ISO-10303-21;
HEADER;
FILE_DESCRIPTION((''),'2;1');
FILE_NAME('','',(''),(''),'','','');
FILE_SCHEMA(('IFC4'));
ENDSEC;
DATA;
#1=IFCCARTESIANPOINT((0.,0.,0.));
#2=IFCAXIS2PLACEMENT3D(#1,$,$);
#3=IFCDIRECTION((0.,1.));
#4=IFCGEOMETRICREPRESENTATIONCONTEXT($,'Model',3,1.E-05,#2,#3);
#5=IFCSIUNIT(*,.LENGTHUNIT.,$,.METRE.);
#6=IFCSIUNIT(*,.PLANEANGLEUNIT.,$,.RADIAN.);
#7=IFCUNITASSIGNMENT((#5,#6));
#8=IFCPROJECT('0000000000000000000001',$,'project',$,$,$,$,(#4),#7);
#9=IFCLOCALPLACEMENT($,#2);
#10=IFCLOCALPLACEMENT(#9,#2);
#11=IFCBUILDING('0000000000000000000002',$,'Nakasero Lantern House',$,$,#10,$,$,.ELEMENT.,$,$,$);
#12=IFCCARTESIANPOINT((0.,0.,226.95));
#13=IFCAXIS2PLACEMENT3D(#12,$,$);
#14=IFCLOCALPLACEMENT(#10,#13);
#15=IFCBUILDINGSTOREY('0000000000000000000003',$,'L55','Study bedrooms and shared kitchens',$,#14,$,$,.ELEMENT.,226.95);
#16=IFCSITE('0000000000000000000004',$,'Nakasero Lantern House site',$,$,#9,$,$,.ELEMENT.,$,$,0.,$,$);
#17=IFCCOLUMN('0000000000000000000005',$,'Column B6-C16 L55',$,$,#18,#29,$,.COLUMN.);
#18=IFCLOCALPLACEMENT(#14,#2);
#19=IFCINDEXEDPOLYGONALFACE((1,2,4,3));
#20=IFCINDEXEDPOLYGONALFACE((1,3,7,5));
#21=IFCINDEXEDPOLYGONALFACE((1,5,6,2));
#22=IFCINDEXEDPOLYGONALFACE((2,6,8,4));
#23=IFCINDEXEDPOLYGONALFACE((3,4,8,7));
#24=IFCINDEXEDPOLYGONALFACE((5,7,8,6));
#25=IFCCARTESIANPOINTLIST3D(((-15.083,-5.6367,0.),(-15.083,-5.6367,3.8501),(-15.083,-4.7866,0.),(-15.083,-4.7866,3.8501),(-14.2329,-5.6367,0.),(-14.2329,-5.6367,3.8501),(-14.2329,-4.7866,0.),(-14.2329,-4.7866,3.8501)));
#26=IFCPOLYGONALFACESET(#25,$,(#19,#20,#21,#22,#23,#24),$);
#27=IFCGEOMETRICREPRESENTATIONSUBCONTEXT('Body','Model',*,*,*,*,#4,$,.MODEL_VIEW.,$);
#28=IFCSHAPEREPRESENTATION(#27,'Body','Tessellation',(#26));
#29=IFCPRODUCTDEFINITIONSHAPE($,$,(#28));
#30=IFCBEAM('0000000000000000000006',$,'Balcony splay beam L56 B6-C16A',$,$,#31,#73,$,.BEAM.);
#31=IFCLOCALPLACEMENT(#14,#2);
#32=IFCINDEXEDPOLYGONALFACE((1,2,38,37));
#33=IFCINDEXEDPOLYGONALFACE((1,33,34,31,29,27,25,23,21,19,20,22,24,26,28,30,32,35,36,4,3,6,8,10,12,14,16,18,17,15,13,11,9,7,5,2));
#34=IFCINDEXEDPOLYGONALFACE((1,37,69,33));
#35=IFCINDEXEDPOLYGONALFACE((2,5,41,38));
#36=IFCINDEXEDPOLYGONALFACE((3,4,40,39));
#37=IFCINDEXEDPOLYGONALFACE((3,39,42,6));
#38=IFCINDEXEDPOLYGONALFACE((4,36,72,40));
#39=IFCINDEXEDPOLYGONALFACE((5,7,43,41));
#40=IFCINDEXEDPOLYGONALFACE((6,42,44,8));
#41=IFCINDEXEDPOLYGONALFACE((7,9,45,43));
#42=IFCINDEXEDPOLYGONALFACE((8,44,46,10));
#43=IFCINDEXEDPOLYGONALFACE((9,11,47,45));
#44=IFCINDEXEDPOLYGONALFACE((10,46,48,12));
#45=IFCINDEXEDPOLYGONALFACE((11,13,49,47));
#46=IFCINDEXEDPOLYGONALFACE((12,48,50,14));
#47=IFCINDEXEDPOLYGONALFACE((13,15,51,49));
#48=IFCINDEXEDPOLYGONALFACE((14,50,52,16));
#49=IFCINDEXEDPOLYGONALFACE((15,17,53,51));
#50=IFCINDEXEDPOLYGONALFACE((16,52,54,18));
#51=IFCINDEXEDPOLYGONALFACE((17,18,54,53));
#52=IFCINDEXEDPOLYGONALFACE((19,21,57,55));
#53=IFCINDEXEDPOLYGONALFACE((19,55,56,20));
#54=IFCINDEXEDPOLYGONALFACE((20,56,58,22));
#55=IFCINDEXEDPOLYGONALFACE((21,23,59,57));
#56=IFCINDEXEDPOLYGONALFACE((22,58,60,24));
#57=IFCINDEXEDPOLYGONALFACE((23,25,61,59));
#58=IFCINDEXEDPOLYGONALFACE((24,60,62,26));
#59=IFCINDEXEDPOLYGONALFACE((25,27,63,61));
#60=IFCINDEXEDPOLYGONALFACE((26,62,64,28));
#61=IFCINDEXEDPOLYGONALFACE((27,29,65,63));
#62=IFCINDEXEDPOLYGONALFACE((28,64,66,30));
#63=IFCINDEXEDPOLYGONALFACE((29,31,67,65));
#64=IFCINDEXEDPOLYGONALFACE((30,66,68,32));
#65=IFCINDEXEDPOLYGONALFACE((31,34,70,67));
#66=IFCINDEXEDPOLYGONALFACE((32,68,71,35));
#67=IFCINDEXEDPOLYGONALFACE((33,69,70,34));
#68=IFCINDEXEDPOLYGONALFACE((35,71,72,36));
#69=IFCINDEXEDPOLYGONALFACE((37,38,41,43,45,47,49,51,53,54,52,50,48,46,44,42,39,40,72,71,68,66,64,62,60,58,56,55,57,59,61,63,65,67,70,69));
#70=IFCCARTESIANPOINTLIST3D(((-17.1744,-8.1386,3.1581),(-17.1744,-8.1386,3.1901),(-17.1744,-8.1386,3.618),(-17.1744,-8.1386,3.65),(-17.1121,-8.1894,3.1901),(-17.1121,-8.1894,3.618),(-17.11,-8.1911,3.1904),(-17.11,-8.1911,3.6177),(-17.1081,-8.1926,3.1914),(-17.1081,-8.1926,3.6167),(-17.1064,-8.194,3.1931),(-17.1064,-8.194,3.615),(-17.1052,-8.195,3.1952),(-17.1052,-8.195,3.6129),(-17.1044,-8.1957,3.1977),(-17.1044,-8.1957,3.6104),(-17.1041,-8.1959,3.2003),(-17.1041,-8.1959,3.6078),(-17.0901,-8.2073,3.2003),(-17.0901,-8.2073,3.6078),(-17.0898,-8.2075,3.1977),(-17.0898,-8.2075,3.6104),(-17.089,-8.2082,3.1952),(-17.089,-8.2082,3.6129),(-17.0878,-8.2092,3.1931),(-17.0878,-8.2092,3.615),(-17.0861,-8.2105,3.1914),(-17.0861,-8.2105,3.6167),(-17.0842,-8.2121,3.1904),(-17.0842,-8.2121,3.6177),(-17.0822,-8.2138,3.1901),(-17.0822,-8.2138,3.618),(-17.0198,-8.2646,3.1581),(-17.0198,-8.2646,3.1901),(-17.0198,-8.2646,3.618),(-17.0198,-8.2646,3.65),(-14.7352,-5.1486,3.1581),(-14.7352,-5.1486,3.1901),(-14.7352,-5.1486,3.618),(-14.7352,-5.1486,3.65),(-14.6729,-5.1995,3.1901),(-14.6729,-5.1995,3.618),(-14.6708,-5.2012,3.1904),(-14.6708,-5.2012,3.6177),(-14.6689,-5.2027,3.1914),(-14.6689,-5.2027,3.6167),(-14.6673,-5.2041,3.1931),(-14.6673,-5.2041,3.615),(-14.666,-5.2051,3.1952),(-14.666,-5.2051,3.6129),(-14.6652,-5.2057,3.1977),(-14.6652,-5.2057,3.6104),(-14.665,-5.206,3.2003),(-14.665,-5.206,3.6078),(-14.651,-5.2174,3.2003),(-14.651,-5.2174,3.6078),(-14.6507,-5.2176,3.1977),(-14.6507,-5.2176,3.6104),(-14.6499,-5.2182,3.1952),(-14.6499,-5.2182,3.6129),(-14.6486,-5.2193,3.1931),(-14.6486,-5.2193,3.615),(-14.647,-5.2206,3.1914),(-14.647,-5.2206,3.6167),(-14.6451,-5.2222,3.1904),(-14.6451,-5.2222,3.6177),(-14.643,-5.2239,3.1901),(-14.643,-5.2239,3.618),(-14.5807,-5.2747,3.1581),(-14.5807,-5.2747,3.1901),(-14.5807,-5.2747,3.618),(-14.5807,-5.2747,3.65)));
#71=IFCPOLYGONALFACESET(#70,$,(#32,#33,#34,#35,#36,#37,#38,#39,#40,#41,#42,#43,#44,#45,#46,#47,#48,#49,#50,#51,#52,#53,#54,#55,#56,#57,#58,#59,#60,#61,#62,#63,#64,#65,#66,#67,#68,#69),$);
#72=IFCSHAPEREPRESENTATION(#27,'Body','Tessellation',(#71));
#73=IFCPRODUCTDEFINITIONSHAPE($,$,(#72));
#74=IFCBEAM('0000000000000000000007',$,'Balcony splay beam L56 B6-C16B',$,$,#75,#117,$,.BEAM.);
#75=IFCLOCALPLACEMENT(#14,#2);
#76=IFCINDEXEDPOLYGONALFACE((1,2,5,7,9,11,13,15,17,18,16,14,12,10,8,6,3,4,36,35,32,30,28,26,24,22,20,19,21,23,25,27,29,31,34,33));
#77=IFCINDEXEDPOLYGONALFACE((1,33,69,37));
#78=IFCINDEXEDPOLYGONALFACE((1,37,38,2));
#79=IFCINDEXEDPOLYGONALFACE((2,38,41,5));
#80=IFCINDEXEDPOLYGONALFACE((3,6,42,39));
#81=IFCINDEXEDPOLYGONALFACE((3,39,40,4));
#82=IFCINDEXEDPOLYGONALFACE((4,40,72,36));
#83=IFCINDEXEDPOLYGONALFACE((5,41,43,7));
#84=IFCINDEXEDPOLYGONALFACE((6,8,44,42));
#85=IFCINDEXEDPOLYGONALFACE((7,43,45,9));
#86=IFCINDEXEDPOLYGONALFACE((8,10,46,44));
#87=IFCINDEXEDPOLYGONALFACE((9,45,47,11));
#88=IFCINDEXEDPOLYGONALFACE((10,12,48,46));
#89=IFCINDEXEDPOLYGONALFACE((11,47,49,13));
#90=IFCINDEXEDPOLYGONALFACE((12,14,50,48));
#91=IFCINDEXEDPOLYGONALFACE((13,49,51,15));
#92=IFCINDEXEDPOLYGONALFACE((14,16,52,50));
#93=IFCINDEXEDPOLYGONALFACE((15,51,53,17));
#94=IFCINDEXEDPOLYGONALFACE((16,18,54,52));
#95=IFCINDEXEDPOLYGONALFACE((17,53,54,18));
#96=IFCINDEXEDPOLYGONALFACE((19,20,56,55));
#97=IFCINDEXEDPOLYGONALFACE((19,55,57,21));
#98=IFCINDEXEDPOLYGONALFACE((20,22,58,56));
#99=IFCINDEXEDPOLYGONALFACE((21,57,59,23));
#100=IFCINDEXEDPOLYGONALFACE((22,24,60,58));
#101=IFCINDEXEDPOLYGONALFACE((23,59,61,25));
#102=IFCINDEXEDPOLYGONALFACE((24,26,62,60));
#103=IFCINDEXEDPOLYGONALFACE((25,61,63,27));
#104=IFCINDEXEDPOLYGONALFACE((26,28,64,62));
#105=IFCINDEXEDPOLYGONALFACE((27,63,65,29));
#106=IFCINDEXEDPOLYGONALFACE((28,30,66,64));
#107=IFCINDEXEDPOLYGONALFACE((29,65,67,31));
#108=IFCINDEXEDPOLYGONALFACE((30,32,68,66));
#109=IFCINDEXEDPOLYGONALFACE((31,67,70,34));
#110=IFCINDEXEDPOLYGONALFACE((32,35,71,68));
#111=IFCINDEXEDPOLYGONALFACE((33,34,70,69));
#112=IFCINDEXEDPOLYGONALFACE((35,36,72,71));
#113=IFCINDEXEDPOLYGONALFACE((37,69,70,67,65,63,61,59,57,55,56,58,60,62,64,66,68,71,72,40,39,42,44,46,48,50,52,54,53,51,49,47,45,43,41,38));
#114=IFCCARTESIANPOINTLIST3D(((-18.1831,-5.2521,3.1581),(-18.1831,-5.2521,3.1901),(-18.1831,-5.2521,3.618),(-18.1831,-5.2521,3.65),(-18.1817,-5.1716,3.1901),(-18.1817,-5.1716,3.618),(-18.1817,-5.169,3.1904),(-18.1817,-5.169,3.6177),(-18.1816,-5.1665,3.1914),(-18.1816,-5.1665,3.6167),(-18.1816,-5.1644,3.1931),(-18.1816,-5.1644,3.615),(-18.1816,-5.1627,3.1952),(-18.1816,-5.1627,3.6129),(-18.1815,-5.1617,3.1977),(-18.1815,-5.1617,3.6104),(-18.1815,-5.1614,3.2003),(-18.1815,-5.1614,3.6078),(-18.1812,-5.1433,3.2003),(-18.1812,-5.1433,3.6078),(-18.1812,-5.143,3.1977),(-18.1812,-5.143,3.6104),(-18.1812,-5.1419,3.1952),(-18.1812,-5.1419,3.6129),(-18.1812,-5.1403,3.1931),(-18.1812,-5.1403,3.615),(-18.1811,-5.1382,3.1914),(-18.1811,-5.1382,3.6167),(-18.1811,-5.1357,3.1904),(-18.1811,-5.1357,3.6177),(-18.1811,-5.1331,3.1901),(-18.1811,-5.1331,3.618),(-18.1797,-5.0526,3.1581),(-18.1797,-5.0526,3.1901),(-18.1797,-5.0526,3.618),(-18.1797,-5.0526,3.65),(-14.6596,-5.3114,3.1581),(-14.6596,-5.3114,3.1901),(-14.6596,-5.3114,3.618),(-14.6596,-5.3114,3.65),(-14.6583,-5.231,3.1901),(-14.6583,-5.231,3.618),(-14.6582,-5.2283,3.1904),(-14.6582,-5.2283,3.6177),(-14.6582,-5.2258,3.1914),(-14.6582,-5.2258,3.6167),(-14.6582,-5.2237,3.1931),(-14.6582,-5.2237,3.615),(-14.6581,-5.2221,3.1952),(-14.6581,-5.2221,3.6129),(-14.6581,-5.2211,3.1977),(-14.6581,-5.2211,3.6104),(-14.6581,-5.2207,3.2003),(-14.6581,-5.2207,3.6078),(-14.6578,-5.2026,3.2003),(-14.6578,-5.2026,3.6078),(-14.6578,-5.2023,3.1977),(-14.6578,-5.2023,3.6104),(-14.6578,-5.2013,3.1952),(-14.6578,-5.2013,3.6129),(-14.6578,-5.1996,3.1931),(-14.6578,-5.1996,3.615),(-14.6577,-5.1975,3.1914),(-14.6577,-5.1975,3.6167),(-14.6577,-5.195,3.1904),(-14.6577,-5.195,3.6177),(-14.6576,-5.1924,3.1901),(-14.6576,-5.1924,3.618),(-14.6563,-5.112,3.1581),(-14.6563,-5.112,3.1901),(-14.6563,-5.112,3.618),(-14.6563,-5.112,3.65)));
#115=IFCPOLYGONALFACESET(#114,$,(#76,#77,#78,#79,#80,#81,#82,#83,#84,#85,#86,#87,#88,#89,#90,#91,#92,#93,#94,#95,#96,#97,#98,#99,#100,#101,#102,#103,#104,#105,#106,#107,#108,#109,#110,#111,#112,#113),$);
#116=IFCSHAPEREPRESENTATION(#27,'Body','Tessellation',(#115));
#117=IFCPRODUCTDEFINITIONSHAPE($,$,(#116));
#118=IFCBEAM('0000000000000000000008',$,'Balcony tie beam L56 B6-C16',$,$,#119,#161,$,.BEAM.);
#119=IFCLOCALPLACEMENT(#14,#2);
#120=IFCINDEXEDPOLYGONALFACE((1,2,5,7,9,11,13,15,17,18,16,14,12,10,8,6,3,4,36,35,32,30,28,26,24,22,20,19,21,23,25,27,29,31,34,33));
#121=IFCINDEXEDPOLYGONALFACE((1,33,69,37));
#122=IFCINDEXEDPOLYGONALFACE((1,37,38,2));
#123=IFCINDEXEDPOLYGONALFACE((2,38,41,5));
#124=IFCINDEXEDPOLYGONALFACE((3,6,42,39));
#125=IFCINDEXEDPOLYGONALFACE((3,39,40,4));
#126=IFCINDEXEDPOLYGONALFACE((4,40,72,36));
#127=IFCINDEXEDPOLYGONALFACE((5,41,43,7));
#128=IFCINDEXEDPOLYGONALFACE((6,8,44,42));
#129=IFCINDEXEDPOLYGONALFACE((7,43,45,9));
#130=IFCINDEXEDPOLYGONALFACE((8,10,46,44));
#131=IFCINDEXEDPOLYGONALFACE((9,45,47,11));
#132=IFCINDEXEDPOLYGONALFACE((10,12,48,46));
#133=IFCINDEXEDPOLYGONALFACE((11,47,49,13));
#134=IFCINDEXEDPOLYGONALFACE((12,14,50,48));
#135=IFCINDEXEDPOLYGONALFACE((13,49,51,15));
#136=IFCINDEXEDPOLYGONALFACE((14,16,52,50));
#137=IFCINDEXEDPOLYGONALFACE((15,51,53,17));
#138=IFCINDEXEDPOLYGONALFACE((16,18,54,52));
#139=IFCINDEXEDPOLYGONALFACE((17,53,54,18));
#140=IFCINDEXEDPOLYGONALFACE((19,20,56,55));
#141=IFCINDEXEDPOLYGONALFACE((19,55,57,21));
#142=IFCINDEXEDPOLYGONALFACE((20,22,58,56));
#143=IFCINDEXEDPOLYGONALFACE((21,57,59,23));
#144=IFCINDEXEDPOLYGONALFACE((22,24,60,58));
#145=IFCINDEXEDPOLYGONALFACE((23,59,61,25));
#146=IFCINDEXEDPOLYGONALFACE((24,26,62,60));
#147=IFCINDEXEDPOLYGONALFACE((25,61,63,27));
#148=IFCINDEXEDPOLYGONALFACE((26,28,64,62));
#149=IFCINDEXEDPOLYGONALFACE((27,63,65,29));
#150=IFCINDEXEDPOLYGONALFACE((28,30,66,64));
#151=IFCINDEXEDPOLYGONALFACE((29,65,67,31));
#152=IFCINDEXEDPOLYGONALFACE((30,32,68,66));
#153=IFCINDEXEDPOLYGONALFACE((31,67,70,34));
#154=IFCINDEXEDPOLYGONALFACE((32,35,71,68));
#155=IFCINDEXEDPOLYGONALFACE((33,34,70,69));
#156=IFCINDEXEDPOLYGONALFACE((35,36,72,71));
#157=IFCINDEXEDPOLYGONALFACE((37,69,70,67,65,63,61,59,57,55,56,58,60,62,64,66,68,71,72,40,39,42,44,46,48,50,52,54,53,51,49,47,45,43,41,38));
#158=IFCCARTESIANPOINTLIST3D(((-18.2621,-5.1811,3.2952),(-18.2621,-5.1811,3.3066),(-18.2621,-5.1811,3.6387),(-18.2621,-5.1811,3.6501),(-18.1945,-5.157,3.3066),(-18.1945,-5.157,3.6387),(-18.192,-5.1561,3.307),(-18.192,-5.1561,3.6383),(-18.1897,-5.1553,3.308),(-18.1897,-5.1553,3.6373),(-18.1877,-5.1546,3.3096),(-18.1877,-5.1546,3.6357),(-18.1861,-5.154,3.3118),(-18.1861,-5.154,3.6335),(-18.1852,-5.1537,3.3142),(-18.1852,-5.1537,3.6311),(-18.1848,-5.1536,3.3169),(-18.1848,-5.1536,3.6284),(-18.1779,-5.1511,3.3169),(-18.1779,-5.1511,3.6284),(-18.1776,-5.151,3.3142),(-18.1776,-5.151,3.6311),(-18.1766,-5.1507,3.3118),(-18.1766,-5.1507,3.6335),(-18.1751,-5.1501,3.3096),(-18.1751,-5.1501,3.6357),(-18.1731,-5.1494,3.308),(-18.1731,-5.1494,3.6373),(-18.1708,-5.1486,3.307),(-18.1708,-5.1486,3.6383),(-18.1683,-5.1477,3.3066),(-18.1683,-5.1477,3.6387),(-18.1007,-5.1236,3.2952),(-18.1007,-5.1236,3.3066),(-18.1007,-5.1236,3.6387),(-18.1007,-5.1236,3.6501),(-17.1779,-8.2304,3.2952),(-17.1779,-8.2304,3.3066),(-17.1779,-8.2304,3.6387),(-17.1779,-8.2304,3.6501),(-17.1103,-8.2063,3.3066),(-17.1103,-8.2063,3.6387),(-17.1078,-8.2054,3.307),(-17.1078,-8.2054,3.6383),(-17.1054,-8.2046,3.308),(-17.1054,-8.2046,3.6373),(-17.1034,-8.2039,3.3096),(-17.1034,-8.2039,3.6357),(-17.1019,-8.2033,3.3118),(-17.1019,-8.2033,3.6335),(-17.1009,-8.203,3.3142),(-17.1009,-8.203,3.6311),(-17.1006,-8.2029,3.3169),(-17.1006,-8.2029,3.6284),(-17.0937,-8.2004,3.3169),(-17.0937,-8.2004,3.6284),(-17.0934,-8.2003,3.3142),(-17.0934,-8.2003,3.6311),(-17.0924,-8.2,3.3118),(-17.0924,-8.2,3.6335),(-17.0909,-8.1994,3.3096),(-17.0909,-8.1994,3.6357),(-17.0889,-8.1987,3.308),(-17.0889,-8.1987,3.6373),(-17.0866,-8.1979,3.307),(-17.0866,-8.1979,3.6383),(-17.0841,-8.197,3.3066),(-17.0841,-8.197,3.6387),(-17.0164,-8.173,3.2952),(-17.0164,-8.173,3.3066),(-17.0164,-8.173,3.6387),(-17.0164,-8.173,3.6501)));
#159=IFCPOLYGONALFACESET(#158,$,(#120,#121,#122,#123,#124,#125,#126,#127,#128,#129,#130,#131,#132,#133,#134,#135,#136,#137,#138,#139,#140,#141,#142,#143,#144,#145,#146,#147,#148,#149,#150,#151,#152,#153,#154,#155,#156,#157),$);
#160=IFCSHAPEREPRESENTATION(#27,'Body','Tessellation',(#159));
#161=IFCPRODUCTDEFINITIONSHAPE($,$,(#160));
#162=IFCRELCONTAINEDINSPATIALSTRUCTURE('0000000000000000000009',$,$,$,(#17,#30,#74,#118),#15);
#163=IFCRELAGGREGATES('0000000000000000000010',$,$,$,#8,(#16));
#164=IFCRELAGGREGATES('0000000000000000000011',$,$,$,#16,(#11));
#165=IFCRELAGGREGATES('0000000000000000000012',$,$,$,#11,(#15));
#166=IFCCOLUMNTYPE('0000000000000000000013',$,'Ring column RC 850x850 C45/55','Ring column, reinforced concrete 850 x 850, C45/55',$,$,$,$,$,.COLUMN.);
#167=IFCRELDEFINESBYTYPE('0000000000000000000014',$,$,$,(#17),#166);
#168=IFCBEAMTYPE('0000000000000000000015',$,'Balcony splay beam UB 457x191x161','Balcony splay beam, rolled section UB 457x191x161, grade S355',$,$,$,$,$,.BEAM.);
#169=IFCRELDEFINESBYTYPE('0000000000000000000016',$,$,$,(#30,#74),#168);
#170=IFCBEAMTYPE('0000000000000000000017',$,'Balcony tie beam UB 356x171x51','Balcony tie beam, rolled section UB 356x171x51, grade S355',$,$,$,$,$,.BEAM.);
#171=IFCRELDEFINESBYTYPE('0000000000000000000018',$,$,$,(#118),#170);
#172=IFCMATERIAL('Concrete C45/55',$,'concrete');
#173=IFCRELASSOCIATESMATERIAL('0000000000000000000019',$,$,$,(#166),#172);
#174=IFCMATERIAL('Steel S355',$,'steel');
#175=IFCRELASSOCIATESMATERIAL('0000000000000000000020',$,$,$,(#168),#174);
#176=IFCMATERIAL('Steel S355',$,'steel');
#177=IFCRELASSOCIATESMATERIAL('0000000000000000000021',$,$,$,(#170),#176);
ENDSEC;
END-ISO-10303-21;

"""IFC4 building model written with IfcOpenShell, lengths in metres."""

from ifc_helpers import new_model, si_unit, direction, frame, origin, origin_2d, place, context, subcontext, project, spatial, rectangle, i_section, extrude, material, material_profile, profile_set, type_object, element, save


model = new_model("IFC4")

# Units and contexts
model_context = context("Model", 3, precision=1e-05, world=origin(), true_north=direction((0.0, 1.0)))
body_context = subcontext(model_context, "Body", "Model", "MODEL_VIEW")
ifc_project = project(units=[si_unit("LENGTHUNIT", "METRE"), si_unit("PLANEANGLEUNIT", "RADIAN")], contexts=[model_context])

# Site, building, storey
site_placement = place(None, origin())
site = spatial("IfcSite", under=ifc_project, at=site_placement, Name="Nakasero Lantern House site", CompositionType="ELEMENT", RefElevation=0.0)
building_placement = place(site_placement, origin())
building = spatial("IfcBuilding", under=site, at=building_placement, Name="Nakasero Lantern House", CompositionType="ELEMENT")
storey_placement = place(building_placement, frame((0.0, 0.0, 226.95)))
storey = spatial("IfcBuildingStorey", under=building, at=storey_placement, Name="L55", Description="Study bedrooms and shared kitchens", CompositionType="ELEMENT", Elevation=226.95)

# Column
ifc_material_1 = material(Name="Concrete C45/55", Category="concrete")
ifc_material_profile_1 = material_profile(ifc_material_1, rectangle(XDim=0.8501, YDim=0.8501, at=origin_2d()), Name="RC 850x850")
ifc_profile_set_1 = profile_set([ifc_material_profile_1], Name="Concrete C45/55")
column_type = type_object("IfcColumnType", Name="Ring column RC 850x850 C45/55", Description="Ring column, reinforced concrete 850 x 850, C45/55", PredefinedType="COLUMN", material=ifc_profile_set_1)
column_placement = place(storey_placement, frame((-14.658, -5.2117, 0.0), z_axis=(0.0, 0.0, 1.0), x_axis=(1.0, 0.0, 0.0)))
element("IfcColumn", 1, at=column_placement, inside=storey, type_object=column_type, Name="Column B6-C16 L55", PredefinedType="COLUMN", context=body_context, shape_type="SweptSolid", body=[
    extrude(rectangle(XDim=0.8501, YDim=0.8501, at=origin_2d()), origin(), (0.0, 0.0, 1.0), 3.8501),
])

# Beams
ifc_material_2 = material(Name="Steel S355", Category="steel")
ifc_material_profile_2 = material_profile(ifc_material_2, i_section(OverallWidth=0.1995, OverallDepth=0.4919, WebThickness=0.0181, FlangeThickness=0.032, FilletRadius=0.0103, at=origin_2d()), Name="UB 457x191x161")
ifc_profile_set_2 = profile_set([ifc_material_profile_2], Name="Steel S355")
beam_type_1 = type_object("IfcBeamType", Name="Balcony splay beam UB 457x191x161", Description="Balcony splay beam, rolled section UB 457x191x161, grade S355", PredefinedType="BEAM", material=ifc_profile_set_2)
beam_1_placement = place(storey_placement, frame((-14.658, -5.2117, 3.4041), z_axis=(-0.632128, -0.774864, 0.0), x_axis=(0.774864, -0.632128, 0.0)))
element("IfcBeam", 2, at=beam_1_placement, inside=storey, type_object=beam_type_1, Name="Balcony splay beam L56 B6-C16A", PredefinedType="BEAM", context=body_context, shape_type="SweptSolid", body=[
    extrude(i_section(OverallWidth=0.1995, OverallDepth=0.4919, WebThickness=0.0181, FlangeThickness=0.032, FilletRadius=0.0103, at=origin_2d()), origin(), (0.0, 0.0, 1.0), 3.8586),
])
beam_2_placement = place(storey_placement, frame((-14.658, -5.2117, 3.4041), z_axis=(-0.999858, 0.016835, 0.0), x_axis=(-0.016835, -0.999858, 0.0)))
element("IfcBeam", 3, at=beam_2_placement, inside=storey, type_object=beam_type_1, Name="Balcony splay beam L56 B6-C16B", PredefinedType="BEAM", context=body_context, shape_type="SweptSolid", body=[
    extrude(i_section(OverallWidth=0.1995, OverallDepth=0.4919, WebThickness=0.0181, FlangeThickness=0.032, FilletRadius=0.0103, at=origin_2d()), origin(), (0.0, 0.0, 1.0), 3.5239),
])
ifc_material_3 = material(Name="Steel S355", Category="steel")
ifc_material_profile_3 = material_profile(ifc_material_3, i_section(OverallWidth=0.1714, OverallDepth=0.355, WebThickness=0.0073, FlangeThickness=0.0115, FilletRadius=0.0103, at=origin_2d()), Name="UB 356x171x51")
ifc_profile_set_3 = profile_set([ifc_material_profile_3], Name="Steel S355")
beam_type_2 = type_object("IfcBeamType", Name="Balcony tie beam UB 356x171x51", Description="Balcony tie beam, rolled section UB 356x171x51, grade S355", PredefinedType="BEAM", material=ifc_profile_set_3)
beam_3_placement = place(storey_placement, frame((-17.0972, -8.2017, 3.4727), z_axis=(-0.335017, 0.942212, 0.0), x_axis=(-0.942212, -0.335017, 0.0)))
element("IfcBeam", 4, at=beam_3_placement, inside=storey, type_object=beam_type_2, Name="Balcony tie beam L56 B6-C16", PredefinedType="BEAM", context=body_context, shape_type="SweptSolid", body=[
    extrude(i_section(OverallWidth=0.1714, OverallDepth=0.355, WebThickness=0.0073, FlangeThickness=0.0115, FilletRadius=0.0103, at=origin_2d()), origin(), (0.0, 0.0, 1.0), 3.2363),
])

save(model, "model.ifc")
